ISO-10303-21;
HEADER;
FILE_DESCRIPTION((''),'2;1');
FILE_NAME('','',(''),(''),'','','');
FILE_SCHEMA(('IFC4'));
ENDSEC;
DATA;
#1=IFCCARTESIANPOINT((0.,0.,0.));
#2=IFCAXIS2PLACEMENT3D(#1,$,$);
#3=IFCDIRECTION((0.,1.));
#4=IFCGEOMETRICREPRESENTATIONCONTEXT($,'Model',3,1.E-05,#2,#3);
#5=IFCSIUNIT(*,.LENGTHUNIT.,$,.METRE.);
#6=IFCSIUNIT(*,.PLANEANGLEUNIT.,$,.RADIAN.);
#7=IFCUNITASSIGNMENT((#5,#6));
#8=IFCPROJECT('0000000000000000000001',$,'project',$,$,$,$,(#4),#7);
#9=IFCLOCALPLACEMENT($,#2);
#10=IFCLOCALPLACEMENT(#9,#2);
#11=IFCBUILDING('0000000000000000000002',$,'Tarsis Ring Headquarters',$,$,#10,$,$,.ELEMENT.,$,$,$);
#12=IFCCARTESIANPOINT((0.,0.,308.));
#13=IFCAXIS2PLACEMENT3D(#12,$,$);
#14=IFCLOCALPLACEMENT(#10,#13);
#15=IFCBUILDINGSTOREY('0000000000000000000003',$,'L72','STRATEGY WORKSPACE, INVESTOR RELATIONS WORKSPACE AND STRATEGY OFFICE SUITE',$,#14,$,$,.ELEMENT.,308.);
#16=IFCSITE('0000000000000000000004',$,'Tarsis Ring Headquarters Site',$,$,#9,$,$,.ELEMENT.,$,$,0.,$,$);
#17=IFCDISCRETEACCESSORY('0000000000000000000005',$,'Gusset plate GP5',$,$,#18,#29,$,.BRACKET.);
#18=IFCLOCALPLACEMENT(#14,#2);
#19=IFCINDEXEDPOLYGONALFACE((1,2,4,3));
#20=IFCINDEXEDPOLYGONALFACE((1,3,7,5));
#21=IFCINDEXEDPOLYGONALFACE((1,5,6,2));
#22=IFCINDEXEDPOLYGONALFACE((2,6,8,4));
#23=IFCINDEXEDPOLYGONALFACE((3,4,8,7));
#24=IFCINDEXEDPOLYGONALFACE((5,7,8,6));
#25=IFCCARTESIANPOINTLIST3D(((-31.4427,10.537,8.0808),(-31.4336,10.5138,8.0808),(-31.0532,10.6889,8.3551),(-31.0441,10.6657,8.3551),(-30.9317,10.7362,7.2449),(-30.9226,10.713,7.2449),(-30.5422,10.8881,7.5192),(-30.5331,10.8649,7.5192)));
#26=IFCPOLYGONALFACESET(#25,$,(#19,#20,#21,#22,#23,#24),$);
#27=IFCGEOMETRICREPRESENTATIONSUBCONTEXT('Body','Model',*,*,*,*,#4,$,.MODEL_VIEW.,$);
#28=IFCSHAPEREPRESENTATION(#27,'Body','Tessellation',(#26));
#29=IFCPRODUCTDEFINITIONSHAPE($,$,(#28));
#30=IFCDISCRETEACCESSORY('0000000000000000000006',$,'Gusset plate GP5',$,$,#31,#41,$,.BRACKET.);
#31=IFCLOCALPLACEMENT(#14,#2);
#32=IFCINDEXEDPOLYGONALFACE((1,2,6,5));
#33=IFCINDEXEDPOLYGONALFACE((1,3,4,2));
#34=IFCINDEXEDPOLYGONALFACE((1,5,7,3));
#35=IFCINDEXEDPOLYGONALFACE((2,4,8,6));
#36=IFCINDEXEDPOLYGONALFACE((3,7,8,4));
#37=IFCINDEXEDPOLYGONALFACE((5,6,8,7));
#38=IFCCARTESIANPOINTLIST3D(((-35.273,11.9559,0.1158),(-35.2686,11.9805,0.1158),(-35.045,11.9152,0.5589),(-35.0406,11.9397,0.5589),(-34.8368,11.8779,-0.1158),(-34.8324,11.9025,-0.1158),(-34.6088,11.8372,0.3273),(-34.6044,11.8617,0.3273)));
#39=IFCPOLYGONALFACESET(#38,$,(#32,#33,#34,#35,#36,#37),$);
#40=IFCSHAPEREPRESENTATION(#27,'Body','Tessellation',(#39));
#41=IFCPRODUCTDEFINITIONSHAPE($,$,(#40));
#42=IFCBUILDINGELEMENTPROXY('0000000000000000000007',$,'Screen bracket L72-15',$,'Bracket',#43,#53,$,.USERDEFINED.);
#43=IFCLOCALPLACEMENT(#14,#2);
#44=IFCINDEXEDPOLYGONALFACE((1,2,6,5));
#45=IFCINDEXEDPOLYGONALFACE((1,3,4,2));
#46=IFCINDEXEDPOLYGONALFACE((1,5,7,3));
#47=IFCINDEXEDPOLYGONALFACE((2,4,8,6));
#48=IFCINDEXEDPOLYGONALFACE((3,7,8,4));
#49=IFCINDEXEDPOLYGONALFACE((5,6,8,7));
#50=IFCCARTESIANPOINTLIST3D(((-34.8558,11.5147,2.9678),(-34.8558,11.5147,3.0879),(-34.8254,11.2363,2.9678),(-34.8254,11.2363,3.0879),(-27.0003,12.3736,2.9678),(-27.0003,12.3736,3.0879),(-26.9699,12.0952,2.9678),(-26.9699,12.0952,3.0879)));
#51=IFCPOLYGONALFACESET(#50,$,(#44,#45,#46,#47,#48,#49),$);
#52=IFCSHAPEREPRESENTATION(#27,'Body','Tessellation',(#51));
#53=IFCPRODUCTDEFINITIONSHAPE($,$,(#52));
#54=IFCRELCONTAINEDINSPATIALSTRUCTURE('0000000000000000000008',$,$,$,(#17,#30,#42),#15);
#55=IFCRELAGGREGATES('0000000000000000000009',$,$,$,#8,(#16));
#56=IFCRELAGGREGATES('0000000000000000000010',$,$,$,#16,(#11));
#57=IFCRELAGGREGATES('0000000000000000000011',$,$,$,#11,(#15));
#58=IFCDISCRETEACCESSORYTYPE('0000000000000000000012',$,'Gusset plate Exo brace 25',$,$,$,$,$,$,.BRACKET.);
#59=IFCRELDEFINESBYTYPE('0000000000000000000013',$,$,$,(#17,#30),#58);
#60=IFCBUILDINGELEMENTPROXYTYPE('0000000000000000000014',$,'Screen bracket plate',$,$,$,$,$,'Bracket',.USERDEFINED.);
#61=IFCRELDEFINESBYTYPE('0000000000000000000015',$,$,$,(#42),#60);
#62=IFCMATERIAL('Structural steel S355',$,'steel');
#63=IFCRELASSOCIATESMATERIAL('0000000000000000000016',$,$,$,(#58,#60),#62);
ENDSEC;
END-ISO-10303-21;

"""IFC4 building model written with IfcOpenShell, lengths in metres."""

from ifc_helpers import new_model, si_unit, direction, frame, origin, origin_2d, place, context, subcontext, project, spatial, rectangle, extrude, material, material_profile, profile_set, type_object, element, save


model = new_model("IFC4")

# Units and contexts
model_context = context("Model", 3, precision=1e-05, world=origin(), true_north=direction((0.0, 1.0)))
body_context = subcontext(model_context, "Body", "Model", "MODEL_VIEW")
ifc_project = project(units=[si_unit("LENGTHUNIT", "METRE"), si_unit("PLANEANGLEUNIT", "RADIAN")], contexts=[model_context])

# Site, building, storey
site_placement = place(None, origin())
site = spatial("IfcSite", under=ifc_project, at=site_placement, Name="Tarsis Ring Headquarters Site", CompositionType="ELEMENT", RefElevation=0.0)
building_placement = place(site_placement, origin())
building = spatial("IfcBuilding", under=site, at=building_placement, Name="Tarsis Ring Headquarters", CompositionType="ELEMENT")
storey_placement = place(building_placement, frame((0.0, 0.0, 308.0)))
storey = spatial("IfcBuildingStorey", under=building, at=storey_placement, Name="L72", Description="STRATEGY WORKSPACE, INVESTOR RELATIONS WORKSPACE AND STRATEGY OFFICE SUITE", CompositionType="ELEMENT", Elevation=308.0)

# Shared definitions
ifc_material_1 = material(Name="Structural steel S355", Category="steel")

# Discrete accessories
ifc_material_profile_1 = material_profile(ifc_material_1, rectangle(XDim=0.0249, YDim=0.5, at=origin_2d()), Name="PL 25x500")
ifc_profile_set_1 = profile_set([ifc_material_profile_1], Name="Structural steel S355")
discrete_accessory_type = type_object("IfcDiscreteAccessoryType", Name="Gusset plate Exo brace 25", PredefinedType="BRACKET", material=ifc_profile_set_1)
discrete_accessory_1_placement = place(storey_placement, frame((-30.7324, 10.8005, 7.3821), z_axis=(-0.511092, -0.19926, 0.83611), x_axis=(0.363241, -0.931695, 0.0)))
element("IfcDiscreteAccessory", 1, at=discrete_accessory_1_placement, inside=storey, type_object=discrete_accessory_type, Name="Gusset plate GP5", PredefinedType="BRACKET", context=body_context, shape_type="SweptSolid", body=[
    extrude(rectangle(XDim=0.0249, YDim=0.5, at=origin_2d()), origin(), (0.0, 0.0, 1.0), 0.9998),
])
discrete_accessory_2_placement = place(storey_placement, frame((-35.0527, 11.9292, 0.0), z_axis=(0.456046, -0.081541, 0.886213), x_axis=(0.17601, 0.984388, 0.0)))
element("IfcDiscreteAccessory", 2, at=discrete_accessory_2_placement, inside=storey, type_object=discrete_accessory_type, Name="Gusset plate GP5", PredefinedType="BRACKET", context=body_context, shape_type="SweptSolid", body=[
    extrude(rectangle(XDim=0.0249, YDim=0.5, at=origin_2d()), origin(), (0.0, 0.0, 1.0), 0.5),
])

# Building element proxy
building_element_proxy_type = type_object("IfcBuildingElementProxyType", Name="Screen bracket plate", ElementType="Bracket", PredefinedType="USERDEFINED", material=ifc_material_1)
proxy_placement = place(storey_placement, frame((-30.9128, 11.8049, 2.9678), z_axis=(0.0, 0.0, 1.0), x_axis=(-0.994075, -0.108693, 0.0)))
element("IfcBuildingElementProxy", 3, at=proxy_placement, inside=storey, type_object=building_element_proxy_type, Name="Screen bracket L72-15", ObjectType="Bracket", PredefinedType="USERDEFINED", context=body_context, shape_type="SweptSolid", body=[
    extrude(rectangle(XDim=7.9023, YDim=0.28, at=origin_2d()), origin(), (0.0, 0.0, 1.0), 0.1201),
])

save(model, "model.ifc")
